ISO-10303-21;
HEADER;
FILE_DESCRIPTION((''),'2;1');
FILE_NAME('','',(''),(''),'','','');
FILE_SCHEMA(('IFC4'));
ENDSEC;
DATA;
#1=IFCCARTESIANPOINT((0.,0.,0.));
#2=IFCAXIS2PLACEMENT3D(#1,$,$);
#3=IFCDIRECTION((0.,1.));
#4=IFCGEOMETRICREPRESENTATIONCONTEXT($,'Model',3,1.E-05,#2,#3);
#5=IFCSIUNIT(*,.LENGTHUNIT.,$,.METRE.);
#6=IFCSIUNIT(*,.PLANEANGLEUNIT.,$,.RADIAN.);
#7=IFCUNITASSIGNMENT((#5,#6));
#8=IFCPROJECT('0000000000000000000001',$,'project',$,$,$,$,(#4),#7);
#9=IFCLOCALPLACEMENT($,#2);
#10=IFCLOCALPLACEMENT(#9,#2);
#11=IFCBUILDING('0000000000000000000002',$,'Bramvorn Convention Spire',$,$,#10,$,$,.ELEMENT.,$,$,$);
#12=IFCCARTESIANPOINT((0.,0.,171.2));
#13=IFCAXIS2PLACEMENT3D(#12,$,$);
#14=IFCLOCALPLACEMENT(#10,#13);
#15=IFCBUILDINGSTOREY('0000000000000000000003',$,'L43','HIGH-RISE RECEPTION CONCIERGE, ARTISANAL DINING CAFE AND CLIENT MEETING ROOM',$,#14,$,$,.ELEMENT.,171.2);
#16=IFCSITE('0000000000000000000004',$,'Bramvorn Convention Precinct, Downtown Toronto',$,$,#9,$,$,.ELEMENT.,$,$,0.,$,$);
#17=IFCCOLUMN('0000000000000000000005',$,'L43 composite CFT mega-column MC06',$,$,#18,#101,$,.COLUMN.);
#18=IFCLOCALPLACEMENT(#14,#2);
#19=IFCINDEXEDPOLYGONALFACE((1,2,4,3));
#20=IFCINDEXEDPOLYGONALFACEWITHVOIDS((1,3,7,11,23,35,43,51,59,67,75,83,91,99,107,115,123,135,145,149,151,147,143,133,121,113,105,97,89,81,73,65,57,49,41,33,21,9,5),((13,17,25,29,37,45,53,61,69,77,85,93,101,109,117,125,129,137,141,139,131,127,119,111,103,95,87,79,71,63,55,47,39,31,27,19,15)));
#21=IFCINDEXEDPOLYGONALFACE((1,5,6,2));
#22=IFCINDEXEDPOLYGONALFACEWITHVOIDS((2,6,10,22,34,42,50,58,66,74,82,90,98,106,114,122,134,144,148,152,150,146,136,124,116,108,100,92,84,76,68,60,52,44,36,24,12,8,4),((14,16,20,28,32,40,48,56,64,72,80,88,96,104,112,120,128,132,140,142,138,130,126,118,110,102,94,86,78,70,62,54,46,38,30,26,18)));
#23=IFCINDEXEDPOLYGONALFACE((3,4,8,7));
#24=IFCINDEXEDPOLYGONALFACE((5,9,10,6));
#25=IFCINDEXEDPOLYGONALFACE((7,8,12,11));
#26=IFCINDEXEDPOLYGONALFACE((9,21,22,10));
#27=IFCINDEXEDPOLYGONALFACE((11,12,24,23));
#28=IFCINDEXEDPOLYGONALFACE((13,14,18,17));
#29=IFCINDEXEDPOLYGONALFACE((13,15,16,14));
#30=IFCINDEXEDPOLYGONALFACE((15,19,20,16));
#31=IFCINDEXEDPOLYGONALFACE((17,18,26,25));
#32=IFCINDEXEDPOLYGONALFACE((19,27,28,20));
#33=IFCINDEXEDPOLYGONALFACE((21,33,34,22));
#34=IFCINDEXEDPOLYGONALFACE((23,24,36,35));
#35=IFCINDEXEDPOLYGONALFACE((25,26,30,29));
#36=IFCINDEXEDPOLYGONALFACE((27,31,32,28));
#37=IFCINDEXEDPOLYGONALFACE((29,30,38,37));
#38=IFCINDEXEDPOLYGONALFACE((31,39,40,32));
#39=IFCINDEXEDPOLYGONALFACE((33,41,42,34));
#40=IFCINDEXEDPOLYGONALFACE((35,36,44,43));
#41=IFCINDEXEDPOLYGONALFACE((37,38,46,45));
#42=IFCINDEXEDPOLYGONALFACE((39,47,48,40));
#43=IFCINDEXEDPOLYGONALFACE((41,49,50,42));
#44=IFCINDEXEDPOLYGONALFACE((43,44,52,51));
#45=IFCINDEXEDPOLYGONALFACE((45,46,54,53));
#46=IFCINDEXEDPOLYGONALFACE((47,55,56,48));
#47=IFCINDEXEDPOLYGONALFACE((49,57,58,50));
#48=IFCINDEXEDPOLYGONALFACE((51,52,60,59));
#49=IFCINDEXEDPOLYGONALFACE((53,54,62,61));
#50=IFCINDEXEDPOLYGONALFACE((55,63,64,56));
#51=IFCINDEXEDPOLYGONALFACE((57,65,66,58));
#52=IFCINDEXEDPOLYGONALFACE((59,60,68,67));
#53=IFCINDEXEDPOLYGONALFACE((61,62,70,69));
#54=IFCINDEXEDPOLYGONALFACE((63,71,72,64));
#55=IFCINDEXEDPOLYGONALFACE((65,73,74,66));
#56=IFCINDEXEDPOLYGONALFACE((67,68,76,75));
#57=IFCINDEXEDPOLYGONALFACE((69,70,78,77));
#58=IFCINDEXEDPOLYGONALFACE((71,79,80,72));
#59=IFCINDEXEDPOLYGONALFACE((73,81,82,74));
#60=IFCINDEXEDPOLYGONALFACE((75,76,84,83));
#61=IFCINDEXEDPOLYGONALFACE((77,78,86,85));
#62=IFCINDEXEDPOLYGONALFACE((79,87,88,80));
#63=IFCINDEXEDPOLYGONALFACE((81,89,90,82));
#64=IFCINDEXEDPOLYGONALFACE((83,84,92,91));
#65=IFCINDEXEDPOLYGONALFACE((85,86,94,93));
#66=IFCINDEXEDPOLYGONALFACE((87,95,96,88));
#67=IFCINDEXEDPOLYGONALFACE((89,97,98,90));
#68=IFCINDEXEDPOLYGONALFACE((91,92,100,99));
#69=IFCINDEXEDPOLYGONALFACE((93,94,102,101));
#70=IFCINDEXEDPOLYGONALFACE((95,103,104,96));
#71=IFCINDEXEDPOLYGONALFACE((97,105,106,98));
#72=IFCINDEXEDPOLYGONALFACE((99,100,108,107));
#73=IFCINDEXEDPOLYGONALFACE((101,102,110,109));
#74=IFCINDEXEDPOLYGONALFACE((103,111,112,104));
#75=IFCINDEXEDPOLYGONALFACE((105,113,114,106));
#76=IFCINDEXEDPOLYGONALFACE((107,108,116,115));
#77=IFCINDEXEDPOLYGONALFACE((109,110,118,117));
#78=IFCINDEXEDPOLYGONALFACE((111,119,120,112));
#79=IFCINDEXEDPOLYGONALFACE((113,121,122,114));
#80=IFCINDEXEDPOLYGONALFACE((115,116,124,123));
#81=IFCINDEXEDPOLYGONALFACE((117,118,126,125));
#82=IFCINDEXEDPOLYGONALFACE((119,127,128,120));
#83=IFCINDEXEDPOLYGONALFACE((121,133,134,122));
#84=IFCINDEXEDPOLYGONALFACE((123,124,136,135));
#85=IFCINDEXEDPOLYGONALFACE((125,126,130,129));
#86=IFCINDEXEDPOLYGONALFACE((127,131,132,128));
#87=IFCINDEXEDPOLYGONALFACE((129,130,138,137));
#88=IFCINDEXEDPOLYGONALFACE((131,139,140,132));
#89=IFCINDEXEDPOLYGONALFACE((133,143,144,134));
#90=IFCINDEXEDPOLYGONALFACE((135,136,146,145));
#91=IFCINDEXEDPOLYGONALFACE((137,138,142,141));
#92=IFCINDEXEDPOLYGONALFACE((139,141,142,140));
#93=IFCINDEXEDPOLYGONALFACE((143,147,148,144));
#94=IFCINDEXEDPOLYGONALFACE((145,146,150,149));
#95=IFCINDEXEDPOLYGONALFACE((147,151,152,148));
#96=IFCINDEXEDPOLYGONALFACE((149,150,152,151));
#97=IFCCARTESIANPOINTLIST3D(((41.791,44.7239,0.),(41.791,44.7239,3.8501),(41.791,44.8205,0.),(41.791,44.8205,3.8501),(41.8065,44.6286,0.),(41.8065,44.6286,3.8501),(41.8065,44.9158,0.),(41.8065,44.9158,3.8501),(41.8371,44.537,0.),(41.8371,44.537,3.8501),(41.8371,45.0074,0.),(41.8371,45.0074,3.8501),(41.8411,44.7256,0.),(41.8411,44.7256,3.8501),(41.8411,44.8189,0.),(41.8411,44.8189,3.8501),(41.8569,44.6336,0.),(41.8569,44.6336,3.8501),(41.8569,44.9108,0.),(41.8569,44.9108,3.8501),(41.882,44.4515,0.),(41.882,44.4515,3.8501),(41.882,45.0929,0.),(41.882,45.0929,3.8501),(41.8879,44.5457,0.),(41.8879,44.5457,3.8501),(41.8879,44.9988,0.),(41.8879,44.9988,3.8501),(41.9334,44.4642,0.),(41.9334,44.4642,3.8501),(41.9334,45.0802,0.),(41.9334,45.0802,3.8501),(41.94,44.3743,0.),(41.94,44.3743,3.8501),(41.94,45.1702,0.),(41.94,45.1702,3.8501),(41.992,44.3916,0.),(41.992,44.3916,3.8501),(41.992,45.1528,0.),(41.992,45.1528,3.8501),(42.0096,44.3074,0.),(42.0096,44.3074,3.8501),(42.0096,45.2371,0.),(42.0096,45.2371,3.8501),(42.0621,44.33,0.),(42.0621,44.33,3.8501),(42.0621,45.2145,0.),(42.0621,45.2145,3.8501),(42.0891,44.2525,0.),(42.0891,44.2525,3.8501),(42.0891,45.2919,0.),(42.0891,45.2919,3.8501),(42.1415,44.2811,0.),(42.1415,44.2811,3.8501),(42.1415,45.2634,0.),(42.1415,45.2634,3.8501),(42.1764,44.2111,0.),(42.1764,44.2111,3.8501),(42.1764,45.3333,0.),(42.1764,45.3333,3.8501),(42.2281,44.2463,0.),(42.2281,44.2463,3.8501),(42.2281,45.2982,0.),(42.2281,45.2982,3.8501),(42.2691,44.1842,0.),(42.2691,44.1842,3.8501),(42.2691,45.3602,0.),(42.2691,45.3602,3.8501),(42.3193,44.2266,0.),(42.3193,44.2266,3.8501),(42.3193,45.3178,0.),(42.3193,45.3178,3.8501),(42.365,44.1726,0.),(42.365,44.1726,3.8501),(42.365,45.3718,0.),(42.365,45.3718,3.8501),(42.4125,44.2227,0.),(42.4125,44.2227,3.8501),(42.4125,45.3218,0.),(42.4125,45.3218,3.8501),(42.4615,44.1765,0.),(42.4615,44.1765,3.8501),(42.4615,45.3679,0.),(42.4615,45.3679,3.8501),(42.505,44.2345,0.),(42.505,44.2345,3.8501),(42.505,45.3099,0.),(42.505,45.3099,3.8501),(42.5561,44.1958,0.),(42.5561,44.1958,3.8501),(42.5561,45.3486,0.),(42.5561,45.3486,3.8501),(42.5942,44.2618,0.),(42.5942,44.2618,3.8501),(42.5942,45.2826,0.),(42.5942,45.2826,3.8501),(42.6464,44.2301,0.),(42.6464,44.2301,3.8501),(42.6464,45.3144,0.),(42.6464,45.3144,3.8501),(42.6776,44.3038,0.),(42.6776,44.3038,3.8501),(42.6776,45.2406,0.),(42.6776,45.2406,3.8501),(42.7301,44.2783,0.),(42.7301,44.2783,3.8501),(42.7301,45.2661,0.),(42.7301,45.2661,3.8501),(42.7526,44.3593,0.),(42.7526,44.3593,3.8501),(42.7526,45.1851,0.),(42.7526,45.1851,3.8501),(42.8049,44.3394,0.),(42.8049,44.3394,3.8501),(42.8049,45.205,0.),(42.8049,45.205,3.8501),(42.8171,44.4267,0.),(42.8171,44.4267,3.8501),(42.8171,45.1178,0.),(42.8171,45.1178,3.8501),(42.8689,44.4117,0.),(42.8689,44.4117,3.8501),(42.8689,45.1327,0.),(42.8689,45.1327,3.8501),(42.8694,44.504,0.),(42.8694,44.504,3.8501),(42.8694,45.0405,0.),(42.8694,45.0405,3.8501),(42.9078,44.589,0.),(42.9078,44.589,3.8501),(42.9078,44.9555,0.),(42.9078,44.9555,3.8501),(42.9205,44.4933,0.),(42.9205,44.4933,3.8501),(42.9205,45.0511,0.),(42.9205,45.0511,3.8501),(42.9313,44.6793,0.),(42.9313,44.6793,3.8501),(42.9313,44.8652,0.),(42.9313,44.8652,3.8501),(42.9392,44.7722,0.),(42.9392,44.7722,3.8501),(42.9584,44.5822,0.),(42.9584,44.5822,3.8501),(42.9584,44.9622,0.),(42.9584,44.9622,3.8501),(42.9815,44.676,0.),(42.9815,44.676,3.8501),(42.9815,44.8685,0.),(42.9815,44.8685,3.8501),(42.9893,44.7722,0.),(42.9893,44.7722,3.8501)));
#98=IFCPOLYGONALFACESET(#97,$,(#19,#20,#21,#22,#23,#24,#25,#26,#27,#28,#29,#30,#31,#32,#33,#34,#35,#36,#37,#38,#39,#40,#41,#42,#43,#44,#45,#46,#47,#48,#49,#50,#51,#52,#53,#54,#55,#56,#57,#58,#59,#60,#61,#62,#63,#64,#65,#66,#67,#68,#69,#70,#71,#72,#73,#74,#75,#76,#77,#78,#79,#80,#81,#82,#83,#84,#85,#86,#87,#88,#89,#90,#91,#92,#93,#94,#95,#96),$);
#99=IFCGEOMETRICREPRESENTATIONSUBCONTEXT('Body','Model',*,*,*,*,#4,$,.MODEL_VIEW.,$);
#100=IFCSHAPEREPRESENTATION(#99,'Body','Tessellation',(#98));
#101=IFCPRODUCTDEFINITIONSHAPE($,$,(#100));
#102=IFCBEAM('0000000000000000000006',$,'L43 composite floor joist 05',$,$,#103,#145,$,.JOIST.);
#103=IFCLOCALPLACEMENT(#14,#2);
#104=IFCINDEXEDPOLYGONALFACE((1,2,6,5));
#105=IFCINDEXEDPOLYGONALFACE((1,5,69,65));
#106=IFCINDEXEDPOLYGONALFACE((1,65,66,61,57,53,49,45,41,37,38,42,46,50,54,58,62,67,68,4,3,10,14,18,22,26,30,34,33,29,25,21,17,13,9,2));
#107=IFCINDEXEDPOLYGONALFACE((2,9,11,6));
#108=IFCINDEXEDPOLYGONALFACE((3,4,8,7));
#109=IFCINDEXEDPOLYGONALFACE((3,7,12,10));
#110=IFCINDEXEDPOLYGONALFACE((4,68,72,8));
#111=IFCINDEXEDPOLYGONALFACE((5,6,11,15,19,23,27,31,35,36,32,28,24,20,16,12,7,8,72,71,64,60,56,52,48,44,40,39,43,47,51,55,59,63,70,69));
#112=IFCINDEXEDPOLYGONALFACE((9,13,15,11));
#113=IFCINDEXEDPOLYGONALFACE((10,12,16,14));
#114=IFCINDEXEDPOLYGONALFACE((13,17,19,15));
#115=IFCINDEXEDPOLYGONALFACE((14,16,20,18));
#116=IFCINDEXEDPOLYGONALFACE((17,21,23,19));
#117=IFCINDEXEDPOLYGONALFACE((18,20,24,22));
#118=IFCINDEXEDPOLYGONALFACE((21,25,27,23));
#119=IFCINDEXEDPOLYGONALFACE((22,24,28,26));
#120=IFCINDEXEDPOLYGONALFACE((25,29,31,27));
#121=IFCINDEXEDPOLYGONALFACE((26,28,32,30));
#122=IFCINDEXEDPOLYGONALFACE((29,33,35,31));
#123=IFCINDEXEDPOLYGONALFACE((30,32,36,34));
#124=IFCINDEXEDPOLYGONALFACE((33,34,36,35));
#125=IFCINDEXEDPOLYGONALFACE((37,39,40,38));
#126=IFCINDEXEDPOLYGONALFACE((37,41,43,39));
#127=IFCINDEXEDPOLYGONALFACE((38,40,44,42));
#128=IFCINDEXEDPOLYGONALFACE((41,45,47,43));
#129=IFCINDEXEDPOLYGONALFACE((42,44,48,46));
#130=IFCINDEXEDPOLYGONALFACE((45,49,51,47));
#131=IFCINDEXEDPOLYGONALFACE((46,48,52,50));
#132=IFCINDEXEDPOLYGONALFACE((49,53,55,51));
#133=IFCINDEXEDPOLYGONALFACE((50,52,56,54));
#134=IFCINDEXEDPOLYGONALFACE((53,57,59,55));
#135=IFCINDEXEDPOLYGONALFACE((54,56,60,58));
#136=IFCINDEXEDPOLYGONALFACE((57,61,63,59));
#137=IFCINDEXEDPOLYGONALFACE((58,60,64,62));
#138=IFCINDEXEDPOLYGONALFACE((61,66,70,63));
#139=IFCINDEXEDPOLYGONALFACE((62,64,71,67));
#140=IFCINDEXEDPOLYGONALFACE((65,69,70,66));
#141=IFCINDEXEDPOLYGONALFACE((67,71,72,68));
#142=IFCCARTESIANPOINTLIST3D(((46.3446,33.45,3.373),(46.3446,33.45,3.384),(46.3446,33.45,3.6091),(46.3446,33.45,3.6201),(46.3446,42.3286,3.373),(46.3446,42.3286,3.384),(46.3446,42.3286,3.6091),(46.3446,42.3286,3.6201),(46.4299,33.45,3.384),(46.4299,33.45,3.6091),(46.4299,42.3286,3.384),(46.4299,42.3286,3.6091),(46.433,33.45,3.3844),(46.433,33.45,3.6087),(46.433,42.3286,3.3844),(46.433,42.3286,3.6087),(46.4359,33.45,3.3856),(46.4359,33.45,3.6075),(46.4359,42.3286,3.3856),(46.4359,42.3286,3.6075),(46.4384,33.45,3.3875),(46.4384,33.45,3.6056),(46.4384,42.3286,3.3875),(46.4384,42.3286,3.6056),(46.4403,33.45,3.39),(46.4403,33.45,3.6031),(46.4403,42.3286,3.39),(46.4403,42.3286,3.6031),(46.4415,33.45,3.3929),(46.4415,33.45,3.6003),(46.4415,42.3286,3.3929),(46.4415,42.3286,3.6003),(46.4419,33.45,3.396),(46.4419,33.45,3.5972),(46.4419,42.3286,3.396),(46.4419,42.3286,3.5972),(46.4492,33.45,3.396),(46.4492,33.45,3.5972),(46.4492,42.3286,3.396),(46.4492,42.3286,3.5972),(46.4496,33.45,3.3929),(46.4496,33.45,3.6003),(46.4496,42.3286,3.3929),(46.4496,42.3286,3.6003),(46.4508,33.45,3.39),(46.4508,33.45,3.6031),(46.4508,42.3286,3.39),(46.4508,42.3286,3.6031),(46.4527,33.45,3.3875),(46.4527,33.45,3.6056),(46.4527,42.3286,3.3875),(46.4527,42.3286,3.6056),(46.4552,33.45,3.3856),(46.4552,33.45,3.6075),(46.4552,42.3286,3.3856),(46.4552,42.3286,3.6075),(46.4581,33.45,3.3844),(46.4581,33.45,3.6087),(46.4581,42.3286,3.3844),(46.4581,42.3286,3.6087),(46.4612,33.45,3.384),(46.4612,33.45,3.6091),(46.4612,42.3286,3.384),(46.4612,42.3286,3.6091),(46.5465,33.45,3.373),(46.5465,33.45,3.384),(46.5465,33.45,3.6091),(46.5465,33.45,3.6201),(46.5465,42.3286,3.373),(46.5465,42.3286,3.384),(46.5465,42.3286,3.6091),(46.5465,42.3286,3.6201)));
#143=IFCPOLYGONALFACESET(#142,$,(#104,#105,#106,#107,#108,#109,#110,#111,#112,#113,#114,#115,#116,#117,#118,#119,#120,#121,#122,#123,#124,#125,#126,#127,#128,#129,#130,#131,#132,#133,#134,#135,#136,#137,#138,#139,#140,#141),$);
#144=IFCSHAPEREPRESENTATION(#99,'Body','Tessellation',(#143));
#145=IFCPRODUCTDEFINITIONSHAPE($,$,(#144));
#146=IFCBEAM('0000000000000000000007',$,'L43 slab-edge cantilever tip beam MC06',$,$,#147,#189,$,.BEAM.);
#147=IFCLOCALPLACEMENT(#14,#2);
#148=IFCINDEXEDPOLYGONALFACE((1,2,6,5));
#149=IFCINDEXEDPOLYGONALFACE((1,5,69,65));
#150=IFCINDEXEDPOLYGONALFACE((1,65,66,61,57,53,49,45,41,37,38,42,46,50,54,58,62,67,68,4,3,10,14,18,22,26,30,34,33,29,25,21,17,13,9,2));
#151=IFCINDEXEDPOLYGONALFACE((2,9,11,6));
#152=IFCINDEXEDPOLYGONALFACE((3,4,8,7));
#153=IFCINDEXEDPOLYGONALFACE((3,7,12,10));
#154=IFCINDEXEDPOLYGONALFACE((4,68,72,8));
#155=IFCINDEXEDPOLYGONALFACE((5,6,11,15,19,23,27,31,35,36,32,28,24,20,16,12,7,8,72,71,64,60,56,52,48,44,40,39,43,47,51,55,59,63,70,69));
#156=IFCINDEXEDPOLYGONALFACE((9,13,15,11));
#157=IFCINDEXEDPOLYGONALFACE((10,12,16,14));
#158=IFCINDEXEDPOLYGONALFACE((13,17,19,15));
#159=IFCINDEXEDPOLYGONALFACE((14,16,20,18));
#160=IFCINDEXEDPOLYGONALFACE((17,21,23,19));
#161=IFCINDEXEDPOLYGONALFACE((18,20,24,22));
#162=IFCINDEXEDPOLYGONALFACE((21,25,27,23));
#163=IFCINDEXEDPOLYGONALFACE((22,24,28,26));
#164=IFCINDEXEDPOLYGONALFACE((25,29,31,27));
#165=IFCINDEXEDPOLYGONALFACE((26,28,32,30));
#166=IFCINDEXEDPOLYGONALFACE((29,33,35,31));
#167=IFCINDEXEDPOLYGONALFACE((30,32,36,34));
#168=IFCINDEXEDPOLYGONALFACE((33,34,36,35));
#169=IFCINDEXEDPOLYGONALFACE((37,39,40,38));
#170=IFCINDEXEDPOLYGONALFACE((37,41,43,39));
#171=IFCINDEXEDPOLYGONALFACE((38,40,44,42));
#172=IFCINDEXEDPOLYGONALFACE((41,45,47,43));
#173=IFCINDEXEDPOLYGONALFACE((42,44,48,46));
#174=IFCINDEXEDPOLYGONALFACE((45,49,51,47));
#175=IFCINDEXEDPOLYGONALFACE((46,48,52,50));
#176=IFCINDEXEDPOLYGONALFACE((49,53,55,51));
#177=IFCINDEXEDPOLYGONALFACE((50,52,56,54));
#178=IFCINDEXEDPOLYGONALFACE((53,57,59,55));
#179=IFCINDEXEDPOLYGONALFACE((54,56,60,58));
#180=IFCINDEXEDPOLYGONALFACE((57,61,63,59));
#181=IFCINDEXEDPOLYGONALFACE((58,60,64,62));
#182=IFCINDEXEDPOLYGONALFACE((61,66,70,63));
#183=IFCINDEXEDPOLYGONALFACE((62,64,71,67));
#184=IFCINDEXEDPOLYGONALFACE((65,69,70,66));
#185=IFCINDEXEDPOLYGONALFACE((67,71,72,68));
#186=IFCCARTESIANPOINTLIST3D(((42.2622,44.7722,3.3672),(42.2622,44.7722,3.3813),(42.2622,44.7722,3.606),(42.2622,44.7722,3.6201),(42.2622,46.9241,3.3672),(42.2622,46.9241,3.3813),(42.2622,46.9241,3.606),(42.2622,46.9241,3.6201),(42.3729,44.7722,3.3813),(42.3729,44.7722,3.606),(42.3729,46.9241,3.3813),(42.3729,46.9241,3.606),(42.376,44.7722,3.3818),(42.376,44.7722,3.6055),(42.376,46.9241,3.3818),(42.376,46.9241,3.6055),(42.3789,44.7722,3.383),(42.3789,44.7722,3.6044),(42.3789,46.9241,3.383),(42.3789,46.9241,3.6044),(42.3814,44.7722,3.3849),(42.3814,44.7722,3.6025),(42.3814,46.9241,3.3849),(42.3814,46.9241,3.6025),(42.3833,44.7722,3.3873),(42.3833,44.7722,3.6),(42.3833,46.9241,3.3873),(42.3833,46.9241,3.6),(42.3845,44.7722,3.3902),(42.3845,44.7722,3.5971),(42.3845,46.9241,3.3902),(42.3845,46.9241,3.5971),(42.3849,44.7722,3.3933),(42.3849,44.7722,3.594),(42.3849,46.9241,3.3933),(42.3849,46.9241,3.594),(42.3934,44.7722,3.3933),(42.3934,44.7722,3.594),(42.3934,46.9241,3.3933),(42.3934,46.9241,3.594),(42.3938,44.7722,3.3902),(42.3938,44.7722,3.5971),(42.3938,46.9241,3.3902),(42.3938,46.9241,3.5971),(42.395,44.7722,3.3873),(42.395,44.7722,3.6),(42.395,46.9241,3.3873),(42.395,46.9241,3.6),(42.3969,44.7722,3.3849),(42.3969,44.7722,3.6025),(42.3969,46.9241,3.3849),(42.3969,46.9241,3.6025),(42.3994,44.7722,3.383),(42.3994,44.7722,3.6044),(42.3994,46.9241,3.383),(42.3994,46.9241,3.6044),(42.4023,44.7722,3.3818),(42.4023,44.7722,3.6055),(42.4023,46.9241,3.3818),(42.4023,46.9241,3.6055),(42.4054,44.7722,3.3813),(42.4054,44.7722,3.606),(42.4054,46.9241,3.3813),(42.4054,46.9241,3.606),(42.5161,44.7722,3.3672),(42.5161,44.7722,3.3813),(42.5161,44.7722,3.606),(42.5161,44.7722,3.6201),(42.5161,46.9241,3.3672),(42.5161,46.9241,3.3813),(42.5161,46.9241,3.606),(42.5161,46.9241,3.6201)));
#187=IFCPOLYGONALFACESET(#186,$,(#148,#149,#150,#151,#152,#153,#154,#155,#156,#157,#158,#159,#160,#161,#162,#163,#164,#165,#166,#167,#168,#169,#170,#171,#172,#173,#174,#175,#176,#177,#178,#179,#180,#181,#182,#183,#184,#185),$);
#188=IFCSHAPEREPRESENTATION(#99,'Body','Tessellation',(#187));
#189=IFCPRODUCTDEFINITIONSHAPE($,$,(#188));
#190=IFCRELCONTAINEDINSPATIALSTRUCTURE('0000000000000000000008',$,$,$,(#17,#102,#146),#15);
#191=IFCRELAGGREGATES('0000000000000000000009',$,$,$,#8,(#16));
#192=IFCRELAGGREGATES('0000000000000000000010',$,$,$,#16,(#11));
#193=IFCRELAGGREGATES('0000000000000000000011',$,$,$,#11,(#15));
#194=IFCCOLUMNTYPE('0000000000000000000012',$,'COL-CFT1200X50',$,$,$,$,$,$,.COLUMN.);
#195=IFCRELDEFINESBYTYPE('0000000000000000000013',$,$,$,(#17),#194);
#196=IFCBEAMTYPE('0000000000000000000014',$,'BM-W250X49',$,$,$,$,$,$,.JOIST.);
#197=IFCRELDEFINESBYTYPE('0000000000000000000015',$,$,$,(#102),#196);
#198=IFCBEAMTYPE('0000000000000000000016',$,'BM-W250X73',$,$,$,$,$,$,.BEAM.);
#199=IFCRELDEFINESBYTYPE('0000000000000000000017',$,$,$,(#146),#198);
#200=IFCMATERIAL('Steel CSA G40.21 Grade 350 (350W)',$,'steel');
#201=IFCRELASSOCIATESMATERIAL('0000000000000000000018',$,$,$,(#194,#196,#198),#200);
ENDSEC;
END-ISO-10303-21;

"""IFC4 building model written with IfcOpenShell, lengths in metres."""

from ifc_helpers import new_model, si_unit, direction, frame, origin, origin_2d, place, context, subcontext, project, spatial, hollow_circle, i_section, extrude, material, material_profile, profile_set, type_object, element, save


model = new_model("IFC4")

# Units and contexts
model_context = context("Model", 3, precision=1e-05, world=origin(), true_north=direction((0.0, 1.0)))
body_context = subcontext(model_context, "Body", "Model", "MODEL_VIEW")
ifc_project = project(units=[si_unit("LENGTHUNIT", "METRE"), si_unit("PLANEANGLEUNIT", "RADIAN")], contexts=[model_context])

# Site, building, storey
site_placement = place(None, origin())
site = spatial("IfcSite", under=ifc_project, at=site_placement, Name="Bramvorn Convention Precinct, Downtown Toronto", CompositionType="ELEMENT", RefElevation=0.0)
building_placement = place(site_placement, origin())
building = spatial("IfcBuilding", under=site, at=building_placement, Name="Bramvorn Convention Spire", CompositionType="ELEMENT")
storey_placement = place(building_placement, frame((0.0, 0.0, 171.2)))
storey = spatial("IfcBuildingStorey", under=building, at=storey_placement, Name="L43", Description="HIGH-RISE RECEPTION CONCIERGE, ARTISANAL DINING CAFE AND CLIENT MEETING ROOM", CompositionType="ELEMENT", Elevation=171.2)

# Column
ifc_material_1 = material(Name="Steel CSA G40.21 Grade 350 (350W)", Category="steel")
ifc_material_profile_1 = material_profile(ifc_material_1, hollow_circle(Radius=0.6001, WallThickness=0.05, at=origin_2d()))
ifc_profile_set_1 = profile_set([ifc_material_profile_1], Name="Steel CSA G40.21 Grade 350 (350W) - CFT1200X50")
column_type = type_object("IfcColumnType", Name="COL-CFT1200X50", PredefinedType="COLUMN", material=ifc_profile_set_1)
column_placement = place(storey_placement, frame((42.3892, 44.7722, 0.0), z_axis=(0.0, 0.0, 1.0), x_axis=(1.0, 0.0, 0.0)))
element("IfcColumn", 1, at=column_placement, inside=storey, type_object=column_type, Name="L43 composite CFT mega-column MC06", PredefinedType="COLUMN", context=body_context, shape_type="SweptSolid", body=[
    extrude(hollow_circle(Radius=0.6001, WallThickness=0.05, at=origin_2d()), origin(), (0.0, 0.0, 1.0), 3.8501),
])

# Beams
ifc_material_profile_2 = material_profile(ifc_material_1, i_section(OverallWidth=0.2019, OverallDepth=0.2471, WebThickness=0.0073, FlangeThickness=0.011, FilletRadius=0.012, at=origin_2d()))
ifc_profile_set_2 = profile_set([ifc_material_profile_2], Name="Steel CSA G40.21 Grade 350 (350W) - W250X49")
beam_type_1 = type_object("IfcBeamType", Name="BM-W250X49", PredefinedType="JOIST", material=ifc_profile_set_2)
beam_1_placement = place(storey_placement, frame((46.4456, 33.45, 3.4966), z_axis=(0.0, 1.0, 0.0), x_axis=(-1.0, 0.0, 0.0)))
element("IfcBeam", 2, at=beam_1_placement, inside=storey, type_object=beam_type_1, Name="L43 composite floor joist 05", PredefinedType="JOIST", context=body_context, shape_type="SweptSolid", body=[
    extrude(i_section(OverallWidth=0.2019, OverallDepth=0.2471, WebThickness=0.0073, FlangeThickness=0.011, FilletRadius=0.012, at=origin_2d()), origin(), (0.0, 0.0, 1.0), 8.8787),
])
ifc_material_profile_3 = material_profile(ifc_material_1, i_section(OverallWidth=0.2539, OverallDepth=0.2529, WebThickness=0.0085, FlangeThickness=0.0142, FilletRadius=0.012, at=origin_2d()))
ifc_profile_set_3 = profile_set([ifc_material_profile_3], Name="Steel CSA G40.21 Grade 350 (350W) - W250X73")
beam_type_2 = type_object("IfcBeamType", Name="BM-W250X73", PredefinedType="BEAM", material=ifc_profile_set_3)
beam_2_placement = place(storey_placement, frame((42.3892, 44.7722, 3.4937), z_axis=(0.0, 1.0, 0.0), x_axis=(-1.0, 0.0, 0.0)))
element("IfcBeam", 3, at=beam_2_placement, inside=storey, type_object=beam_type_2, Name="L43 slab-edge cantilever tip beam MC06", PredefinedType="BEAM", context=body_context, shape_type="SweptSolid", body=[
    extrude(i_section(OverallWidth=0.2539, OverallDepth=0.2529, WebThickness=0.0085, FlangeThickness=0.0142, FilletRadius=0.012, at=origin_2d()), origin(), (0.0, 0.0, 1.0), 2.1519),
])

save(model, "model.ifc")
